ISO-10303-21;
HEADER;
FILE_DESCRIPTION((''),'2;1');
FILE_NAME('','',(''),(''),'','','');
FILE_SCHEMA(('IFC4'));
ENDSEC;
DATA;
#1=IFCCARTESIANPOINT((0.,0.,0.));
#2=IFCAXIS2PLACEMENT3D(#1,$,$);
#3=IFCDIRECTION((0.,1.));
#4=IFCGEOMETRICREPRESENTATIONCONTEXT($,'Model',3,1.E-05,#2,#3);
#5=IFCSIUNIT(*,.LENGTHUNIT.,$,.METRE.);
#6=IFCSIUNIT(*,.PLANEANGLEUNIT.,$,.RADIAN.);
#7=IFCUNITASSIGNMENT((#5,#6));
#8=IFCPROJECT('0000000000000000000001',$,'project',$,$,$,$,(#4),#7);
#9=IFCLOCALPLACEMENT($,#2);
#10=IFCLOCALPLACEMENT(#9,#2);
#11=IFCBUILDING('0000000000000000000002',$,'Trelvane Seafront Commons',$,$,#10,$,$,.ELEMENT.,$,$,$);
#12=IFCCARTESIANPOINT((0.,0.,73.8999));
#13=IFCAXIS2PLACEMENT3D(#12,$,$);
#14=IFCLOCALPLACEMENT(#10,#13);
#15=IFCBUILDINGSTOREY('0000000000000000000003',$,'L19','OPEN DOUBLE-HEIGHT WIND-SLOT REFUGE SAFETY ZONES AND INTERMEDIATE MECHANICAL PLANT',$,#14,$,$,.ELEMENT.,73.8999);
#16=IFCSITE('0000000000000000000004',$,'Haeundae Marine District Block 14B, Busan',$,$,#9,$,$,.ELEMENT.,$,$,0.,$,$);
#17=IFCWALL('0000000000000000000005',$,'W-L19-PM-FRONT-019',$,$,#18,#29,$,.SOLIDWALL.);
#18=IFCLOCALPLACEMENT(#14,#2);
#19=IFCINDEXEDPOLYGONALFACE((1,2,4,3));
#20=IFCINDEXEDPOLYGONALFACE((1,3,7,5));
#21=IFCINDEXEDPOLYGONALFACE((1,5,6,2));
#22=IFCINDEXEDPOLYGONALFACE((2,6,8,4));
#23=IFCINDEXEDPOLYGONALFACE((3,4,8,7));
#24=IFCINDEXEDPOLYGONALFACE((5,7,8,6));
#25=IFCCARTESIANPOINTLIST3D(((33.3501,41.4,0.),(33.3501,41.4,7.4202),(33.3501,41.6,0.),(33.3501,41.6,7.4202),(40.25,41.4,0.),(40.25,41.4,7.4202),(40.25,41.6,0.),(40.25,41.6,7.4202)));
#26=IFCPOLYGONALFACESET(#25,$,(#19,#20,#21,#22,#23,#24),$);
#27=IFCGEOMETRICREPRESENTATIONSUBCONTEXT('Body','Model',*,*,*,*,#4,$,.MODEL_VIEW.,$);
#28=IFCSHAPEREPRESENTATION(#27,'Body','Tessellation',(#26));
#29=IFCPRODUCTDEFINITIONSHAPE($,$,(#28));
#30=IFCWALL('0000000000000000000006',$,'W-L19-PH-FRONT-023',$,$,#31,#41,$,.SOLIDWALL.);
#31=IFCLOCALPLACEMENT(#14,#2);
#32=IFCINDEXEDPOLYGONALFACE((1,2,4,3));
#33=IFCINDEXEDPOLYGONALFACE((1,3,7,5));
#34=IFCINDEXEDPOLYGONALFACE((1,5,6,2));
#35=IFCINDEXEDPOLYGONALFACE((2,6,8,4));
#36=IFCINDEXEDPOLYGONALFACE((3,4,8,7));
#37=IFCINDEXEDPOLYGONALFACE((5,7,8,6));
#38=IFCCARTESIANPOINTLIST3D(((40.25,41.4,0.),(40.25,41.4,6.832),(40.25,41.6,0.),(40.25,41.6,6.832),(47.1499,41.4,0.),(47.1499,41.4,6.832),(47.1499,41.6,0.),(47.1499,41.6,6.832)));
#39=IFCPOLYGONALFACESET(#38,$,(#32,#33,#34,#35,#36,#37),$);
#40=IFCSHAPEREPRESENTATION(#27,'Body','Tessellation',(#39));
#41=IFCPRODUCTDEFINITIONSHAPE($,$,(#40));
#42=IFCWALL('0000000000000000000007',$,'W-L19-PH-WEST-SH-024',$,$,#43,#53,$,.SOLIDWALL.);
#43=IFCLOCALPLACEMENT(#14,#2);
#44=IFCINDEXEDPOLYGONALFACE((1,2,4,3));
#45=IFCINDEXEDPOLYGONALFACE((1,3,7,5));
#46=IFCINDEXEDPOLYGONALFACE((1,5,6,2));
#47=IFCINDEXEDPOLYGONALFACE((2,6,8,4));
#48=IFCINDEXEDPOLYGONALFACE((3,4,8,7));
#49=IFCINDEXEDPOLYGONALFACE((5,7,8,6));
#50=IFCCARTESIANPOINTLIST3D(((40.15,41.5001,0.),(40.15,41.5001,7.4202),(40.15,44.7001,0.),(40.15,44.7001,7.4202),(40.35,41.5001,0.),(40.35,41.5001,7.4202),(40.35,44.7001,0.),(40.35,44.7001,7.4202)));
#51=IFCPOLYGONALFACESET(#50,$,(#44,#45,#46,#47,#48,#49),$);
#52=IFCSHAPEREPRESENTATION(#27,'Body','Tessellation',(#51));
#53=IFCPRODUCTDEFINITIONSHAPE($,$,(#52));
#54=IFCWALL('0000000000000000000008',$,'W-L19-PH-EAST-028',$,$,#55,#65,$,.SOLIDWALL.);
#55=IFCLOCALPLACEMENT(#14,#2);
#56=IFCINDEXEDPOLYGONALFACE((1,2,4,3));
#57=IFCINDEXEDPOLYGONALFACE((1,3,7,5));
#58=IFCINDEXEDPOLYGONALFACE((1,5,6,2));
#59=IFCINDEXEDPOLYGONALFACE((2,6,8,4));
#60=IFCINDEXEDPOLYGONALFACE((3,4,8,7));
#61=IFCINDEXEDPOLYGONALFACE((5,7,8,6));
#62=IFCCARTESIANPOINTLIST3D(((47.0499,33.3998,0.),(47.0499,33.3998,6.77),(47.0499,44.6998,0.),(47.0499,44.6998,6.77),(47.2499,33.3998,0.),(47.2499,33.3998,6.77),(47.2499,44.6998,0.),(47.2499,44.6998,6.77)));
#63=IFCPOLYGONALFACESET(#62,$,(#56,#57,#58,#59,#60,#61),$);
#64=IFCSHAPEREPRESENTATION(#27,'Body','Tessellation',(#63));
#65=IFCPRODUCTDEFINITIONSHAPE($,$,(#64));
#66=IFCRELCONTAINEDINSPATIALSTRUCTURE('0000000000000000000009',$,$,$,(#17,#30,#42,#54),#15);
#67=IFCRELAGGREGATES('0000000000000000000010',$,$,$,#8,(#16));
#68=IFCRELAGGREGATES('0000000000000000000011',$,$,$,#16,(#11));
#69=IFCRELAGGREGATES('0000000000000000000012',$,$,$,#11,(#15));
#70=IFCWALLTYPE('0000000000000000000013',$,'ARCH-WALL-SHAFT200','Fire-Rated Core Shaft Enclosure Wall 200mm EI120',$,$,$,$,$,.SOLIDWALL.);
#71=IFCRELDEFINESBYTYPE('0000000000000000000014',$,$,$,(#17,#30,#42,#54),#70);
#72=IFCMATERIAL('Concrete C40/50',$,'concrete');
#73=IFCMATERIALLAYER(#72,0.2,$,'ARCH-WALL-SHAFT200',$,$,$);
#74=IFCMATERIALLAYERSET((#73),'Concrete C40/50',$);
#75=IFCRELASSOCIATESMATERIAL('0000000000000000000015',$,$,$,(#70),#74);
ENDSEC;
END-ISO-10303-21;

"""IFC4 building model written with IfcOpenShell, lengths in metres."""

from ifc_helpers import new_model, si_unit, direction, frame, frame_2d, origin, place, context, subcontext, project, spatial, rectangle, extrude, material, layer, layer_set, type_object, element, save


model = new_model("IFC4")

# Units and contexts
model_context = context("Model", 3, precision=1e-05, world=origin(), true_north=direction((0.0, 1.0)))
body_context = subcontext(model_context, "Body", "Model", "MODEL_VIEW")
ifc_project = project(units=[si_unit("LENGTHUNIT", "METRE"), si_unit("PLANEANGLEUNIT", "RADIAN")], contexts=[model_context])

# Site, building, storey
site_placement = place(None, origin())
site = spatial("IfcSite", under=ifc_project, at=site_placement, Name="Haeundae Marine District Block 14B, Busan", CompositionType="ELEMENT", RefElevation=0.0)
building_placement = place(site_placement, origin())
building = spatial("IfcBuilding", under=site, at=building_placement, Name="Trelvane Seafront Commons", CompositionType="ELEMENT")
storey_placement = place(building_placement, frame((0.0, 0.0, 73.8999)))
storey = spatial("IfcBuildingStorey", under=building, at=storey_placement, Name="L19", Description="OPEN DOUBLE-HEIGHT WIND-SLOT REFUGE SAFETY ZONES AND INTERMEDIATE MECHANICAL PLANT", CompositionType="ELEMENT", Elevation=73.8999)

# Walls
ifc_material_1 = material(Name="Concrete C40/50", Category="concrete")
ifc_layer_1 = layer(ifc_material_1, 0.2, Name="ARCH-WALL-SHAFT200")
ifc_layer_set_1 = layer_set([ifc_layer_1], Name="Concrete C40/50")
wall_type_1 = type_object("IfcWallType", Name="ARCH-WALL-SHAFT200", Description="Fire-Rated Core Shaft Enclosure Wall 200mm EI120", PredefinedType="SOLIDWALL", material=ifc_layer_set_1)
wall_1_placement = place(storey_placement, frame((33.3501, 41.5, 0.0), z_axis=(0.0, 0.0, 1.0), x_axis=(1.0, 0.0, 0.0)))
element("IfcWall", 1, at=wall_1_placement, inside=storey, type_object=wall_type_1, Name="W-L19-PM-FRONT-019", PredefinedType="SOLIDWALL", context=body_context, shape_type="SweptSolid", body=[
    extrude(rectangle(XDim=6.8999, YDim=0.2, at=frame_2d((3.45, 0.0))), origin(), (0.0, 0.0, 1.0), 7.4202),
])
wall_2_placement = place(storey_placement, frame((40.25, 41.5, 0.0), z_axis=(0.0, 0.0, 1.0), x_axis=(1.0, 0.0, 0.0)))
element("IfcWall", 2, at=wall_2_placement, inside=storey, type_object=wall_type_1, Name="W-L19-PH-FRONT-023", PredefinedType="SOLIDWALL", context=body_context, shape_type="SweptSolid", body=[
    extrude(rectangle(XDim=6.8999, YDim=0.2, at=frame_2d((3.45, 0.0))), origin(), (0.0, 0.0, 1.0), 6.832),
])
wall_3_placement = place(storey_placement, frame((40.25, 41.5, 0.0), z_axis=(0.0, 0.0, 1.0), x_axis=(0.0, 1.0, 0.0)))
element("IfcWall", 3, at=wall_3_placement, inside=storey, type_object=wall_type_1, Name="W-L19-PH-WEST-SH-024", PredefinedType="SOLIDWALL", context=body_context, shape_type="SweptSolid", body=[
    extrude(rectangle(XDim=3.2, YDim=0.2, at=frame_2d((1.6001, 0.0))), origin(), (0.0, 0.0, 1.0), 7.4202),
])
wall_4_placement = place(storey_placement, frame((47.1499, 33.3999, 0.0), z_axis=(0.0, 0.0, 1.0), x_axis=(0.0, 1.0, 0.0)))
element("IfcWall", 4, at=wall_4_placement, inside=storey, type_object=wall_type_1, Name="W-L19-PH-EAST-028", PredefinedType="SOLIDWALL", context=body_context, shape_type="SweptSolid", body=[
    extrude(rectangle(XDim=11.3, YDim=0.2, at=frame_2d((5.6499, 0.0))), origin(), (0.0, 0.0, 1.0), 6.77),
])

save(model, "model.ifc")
